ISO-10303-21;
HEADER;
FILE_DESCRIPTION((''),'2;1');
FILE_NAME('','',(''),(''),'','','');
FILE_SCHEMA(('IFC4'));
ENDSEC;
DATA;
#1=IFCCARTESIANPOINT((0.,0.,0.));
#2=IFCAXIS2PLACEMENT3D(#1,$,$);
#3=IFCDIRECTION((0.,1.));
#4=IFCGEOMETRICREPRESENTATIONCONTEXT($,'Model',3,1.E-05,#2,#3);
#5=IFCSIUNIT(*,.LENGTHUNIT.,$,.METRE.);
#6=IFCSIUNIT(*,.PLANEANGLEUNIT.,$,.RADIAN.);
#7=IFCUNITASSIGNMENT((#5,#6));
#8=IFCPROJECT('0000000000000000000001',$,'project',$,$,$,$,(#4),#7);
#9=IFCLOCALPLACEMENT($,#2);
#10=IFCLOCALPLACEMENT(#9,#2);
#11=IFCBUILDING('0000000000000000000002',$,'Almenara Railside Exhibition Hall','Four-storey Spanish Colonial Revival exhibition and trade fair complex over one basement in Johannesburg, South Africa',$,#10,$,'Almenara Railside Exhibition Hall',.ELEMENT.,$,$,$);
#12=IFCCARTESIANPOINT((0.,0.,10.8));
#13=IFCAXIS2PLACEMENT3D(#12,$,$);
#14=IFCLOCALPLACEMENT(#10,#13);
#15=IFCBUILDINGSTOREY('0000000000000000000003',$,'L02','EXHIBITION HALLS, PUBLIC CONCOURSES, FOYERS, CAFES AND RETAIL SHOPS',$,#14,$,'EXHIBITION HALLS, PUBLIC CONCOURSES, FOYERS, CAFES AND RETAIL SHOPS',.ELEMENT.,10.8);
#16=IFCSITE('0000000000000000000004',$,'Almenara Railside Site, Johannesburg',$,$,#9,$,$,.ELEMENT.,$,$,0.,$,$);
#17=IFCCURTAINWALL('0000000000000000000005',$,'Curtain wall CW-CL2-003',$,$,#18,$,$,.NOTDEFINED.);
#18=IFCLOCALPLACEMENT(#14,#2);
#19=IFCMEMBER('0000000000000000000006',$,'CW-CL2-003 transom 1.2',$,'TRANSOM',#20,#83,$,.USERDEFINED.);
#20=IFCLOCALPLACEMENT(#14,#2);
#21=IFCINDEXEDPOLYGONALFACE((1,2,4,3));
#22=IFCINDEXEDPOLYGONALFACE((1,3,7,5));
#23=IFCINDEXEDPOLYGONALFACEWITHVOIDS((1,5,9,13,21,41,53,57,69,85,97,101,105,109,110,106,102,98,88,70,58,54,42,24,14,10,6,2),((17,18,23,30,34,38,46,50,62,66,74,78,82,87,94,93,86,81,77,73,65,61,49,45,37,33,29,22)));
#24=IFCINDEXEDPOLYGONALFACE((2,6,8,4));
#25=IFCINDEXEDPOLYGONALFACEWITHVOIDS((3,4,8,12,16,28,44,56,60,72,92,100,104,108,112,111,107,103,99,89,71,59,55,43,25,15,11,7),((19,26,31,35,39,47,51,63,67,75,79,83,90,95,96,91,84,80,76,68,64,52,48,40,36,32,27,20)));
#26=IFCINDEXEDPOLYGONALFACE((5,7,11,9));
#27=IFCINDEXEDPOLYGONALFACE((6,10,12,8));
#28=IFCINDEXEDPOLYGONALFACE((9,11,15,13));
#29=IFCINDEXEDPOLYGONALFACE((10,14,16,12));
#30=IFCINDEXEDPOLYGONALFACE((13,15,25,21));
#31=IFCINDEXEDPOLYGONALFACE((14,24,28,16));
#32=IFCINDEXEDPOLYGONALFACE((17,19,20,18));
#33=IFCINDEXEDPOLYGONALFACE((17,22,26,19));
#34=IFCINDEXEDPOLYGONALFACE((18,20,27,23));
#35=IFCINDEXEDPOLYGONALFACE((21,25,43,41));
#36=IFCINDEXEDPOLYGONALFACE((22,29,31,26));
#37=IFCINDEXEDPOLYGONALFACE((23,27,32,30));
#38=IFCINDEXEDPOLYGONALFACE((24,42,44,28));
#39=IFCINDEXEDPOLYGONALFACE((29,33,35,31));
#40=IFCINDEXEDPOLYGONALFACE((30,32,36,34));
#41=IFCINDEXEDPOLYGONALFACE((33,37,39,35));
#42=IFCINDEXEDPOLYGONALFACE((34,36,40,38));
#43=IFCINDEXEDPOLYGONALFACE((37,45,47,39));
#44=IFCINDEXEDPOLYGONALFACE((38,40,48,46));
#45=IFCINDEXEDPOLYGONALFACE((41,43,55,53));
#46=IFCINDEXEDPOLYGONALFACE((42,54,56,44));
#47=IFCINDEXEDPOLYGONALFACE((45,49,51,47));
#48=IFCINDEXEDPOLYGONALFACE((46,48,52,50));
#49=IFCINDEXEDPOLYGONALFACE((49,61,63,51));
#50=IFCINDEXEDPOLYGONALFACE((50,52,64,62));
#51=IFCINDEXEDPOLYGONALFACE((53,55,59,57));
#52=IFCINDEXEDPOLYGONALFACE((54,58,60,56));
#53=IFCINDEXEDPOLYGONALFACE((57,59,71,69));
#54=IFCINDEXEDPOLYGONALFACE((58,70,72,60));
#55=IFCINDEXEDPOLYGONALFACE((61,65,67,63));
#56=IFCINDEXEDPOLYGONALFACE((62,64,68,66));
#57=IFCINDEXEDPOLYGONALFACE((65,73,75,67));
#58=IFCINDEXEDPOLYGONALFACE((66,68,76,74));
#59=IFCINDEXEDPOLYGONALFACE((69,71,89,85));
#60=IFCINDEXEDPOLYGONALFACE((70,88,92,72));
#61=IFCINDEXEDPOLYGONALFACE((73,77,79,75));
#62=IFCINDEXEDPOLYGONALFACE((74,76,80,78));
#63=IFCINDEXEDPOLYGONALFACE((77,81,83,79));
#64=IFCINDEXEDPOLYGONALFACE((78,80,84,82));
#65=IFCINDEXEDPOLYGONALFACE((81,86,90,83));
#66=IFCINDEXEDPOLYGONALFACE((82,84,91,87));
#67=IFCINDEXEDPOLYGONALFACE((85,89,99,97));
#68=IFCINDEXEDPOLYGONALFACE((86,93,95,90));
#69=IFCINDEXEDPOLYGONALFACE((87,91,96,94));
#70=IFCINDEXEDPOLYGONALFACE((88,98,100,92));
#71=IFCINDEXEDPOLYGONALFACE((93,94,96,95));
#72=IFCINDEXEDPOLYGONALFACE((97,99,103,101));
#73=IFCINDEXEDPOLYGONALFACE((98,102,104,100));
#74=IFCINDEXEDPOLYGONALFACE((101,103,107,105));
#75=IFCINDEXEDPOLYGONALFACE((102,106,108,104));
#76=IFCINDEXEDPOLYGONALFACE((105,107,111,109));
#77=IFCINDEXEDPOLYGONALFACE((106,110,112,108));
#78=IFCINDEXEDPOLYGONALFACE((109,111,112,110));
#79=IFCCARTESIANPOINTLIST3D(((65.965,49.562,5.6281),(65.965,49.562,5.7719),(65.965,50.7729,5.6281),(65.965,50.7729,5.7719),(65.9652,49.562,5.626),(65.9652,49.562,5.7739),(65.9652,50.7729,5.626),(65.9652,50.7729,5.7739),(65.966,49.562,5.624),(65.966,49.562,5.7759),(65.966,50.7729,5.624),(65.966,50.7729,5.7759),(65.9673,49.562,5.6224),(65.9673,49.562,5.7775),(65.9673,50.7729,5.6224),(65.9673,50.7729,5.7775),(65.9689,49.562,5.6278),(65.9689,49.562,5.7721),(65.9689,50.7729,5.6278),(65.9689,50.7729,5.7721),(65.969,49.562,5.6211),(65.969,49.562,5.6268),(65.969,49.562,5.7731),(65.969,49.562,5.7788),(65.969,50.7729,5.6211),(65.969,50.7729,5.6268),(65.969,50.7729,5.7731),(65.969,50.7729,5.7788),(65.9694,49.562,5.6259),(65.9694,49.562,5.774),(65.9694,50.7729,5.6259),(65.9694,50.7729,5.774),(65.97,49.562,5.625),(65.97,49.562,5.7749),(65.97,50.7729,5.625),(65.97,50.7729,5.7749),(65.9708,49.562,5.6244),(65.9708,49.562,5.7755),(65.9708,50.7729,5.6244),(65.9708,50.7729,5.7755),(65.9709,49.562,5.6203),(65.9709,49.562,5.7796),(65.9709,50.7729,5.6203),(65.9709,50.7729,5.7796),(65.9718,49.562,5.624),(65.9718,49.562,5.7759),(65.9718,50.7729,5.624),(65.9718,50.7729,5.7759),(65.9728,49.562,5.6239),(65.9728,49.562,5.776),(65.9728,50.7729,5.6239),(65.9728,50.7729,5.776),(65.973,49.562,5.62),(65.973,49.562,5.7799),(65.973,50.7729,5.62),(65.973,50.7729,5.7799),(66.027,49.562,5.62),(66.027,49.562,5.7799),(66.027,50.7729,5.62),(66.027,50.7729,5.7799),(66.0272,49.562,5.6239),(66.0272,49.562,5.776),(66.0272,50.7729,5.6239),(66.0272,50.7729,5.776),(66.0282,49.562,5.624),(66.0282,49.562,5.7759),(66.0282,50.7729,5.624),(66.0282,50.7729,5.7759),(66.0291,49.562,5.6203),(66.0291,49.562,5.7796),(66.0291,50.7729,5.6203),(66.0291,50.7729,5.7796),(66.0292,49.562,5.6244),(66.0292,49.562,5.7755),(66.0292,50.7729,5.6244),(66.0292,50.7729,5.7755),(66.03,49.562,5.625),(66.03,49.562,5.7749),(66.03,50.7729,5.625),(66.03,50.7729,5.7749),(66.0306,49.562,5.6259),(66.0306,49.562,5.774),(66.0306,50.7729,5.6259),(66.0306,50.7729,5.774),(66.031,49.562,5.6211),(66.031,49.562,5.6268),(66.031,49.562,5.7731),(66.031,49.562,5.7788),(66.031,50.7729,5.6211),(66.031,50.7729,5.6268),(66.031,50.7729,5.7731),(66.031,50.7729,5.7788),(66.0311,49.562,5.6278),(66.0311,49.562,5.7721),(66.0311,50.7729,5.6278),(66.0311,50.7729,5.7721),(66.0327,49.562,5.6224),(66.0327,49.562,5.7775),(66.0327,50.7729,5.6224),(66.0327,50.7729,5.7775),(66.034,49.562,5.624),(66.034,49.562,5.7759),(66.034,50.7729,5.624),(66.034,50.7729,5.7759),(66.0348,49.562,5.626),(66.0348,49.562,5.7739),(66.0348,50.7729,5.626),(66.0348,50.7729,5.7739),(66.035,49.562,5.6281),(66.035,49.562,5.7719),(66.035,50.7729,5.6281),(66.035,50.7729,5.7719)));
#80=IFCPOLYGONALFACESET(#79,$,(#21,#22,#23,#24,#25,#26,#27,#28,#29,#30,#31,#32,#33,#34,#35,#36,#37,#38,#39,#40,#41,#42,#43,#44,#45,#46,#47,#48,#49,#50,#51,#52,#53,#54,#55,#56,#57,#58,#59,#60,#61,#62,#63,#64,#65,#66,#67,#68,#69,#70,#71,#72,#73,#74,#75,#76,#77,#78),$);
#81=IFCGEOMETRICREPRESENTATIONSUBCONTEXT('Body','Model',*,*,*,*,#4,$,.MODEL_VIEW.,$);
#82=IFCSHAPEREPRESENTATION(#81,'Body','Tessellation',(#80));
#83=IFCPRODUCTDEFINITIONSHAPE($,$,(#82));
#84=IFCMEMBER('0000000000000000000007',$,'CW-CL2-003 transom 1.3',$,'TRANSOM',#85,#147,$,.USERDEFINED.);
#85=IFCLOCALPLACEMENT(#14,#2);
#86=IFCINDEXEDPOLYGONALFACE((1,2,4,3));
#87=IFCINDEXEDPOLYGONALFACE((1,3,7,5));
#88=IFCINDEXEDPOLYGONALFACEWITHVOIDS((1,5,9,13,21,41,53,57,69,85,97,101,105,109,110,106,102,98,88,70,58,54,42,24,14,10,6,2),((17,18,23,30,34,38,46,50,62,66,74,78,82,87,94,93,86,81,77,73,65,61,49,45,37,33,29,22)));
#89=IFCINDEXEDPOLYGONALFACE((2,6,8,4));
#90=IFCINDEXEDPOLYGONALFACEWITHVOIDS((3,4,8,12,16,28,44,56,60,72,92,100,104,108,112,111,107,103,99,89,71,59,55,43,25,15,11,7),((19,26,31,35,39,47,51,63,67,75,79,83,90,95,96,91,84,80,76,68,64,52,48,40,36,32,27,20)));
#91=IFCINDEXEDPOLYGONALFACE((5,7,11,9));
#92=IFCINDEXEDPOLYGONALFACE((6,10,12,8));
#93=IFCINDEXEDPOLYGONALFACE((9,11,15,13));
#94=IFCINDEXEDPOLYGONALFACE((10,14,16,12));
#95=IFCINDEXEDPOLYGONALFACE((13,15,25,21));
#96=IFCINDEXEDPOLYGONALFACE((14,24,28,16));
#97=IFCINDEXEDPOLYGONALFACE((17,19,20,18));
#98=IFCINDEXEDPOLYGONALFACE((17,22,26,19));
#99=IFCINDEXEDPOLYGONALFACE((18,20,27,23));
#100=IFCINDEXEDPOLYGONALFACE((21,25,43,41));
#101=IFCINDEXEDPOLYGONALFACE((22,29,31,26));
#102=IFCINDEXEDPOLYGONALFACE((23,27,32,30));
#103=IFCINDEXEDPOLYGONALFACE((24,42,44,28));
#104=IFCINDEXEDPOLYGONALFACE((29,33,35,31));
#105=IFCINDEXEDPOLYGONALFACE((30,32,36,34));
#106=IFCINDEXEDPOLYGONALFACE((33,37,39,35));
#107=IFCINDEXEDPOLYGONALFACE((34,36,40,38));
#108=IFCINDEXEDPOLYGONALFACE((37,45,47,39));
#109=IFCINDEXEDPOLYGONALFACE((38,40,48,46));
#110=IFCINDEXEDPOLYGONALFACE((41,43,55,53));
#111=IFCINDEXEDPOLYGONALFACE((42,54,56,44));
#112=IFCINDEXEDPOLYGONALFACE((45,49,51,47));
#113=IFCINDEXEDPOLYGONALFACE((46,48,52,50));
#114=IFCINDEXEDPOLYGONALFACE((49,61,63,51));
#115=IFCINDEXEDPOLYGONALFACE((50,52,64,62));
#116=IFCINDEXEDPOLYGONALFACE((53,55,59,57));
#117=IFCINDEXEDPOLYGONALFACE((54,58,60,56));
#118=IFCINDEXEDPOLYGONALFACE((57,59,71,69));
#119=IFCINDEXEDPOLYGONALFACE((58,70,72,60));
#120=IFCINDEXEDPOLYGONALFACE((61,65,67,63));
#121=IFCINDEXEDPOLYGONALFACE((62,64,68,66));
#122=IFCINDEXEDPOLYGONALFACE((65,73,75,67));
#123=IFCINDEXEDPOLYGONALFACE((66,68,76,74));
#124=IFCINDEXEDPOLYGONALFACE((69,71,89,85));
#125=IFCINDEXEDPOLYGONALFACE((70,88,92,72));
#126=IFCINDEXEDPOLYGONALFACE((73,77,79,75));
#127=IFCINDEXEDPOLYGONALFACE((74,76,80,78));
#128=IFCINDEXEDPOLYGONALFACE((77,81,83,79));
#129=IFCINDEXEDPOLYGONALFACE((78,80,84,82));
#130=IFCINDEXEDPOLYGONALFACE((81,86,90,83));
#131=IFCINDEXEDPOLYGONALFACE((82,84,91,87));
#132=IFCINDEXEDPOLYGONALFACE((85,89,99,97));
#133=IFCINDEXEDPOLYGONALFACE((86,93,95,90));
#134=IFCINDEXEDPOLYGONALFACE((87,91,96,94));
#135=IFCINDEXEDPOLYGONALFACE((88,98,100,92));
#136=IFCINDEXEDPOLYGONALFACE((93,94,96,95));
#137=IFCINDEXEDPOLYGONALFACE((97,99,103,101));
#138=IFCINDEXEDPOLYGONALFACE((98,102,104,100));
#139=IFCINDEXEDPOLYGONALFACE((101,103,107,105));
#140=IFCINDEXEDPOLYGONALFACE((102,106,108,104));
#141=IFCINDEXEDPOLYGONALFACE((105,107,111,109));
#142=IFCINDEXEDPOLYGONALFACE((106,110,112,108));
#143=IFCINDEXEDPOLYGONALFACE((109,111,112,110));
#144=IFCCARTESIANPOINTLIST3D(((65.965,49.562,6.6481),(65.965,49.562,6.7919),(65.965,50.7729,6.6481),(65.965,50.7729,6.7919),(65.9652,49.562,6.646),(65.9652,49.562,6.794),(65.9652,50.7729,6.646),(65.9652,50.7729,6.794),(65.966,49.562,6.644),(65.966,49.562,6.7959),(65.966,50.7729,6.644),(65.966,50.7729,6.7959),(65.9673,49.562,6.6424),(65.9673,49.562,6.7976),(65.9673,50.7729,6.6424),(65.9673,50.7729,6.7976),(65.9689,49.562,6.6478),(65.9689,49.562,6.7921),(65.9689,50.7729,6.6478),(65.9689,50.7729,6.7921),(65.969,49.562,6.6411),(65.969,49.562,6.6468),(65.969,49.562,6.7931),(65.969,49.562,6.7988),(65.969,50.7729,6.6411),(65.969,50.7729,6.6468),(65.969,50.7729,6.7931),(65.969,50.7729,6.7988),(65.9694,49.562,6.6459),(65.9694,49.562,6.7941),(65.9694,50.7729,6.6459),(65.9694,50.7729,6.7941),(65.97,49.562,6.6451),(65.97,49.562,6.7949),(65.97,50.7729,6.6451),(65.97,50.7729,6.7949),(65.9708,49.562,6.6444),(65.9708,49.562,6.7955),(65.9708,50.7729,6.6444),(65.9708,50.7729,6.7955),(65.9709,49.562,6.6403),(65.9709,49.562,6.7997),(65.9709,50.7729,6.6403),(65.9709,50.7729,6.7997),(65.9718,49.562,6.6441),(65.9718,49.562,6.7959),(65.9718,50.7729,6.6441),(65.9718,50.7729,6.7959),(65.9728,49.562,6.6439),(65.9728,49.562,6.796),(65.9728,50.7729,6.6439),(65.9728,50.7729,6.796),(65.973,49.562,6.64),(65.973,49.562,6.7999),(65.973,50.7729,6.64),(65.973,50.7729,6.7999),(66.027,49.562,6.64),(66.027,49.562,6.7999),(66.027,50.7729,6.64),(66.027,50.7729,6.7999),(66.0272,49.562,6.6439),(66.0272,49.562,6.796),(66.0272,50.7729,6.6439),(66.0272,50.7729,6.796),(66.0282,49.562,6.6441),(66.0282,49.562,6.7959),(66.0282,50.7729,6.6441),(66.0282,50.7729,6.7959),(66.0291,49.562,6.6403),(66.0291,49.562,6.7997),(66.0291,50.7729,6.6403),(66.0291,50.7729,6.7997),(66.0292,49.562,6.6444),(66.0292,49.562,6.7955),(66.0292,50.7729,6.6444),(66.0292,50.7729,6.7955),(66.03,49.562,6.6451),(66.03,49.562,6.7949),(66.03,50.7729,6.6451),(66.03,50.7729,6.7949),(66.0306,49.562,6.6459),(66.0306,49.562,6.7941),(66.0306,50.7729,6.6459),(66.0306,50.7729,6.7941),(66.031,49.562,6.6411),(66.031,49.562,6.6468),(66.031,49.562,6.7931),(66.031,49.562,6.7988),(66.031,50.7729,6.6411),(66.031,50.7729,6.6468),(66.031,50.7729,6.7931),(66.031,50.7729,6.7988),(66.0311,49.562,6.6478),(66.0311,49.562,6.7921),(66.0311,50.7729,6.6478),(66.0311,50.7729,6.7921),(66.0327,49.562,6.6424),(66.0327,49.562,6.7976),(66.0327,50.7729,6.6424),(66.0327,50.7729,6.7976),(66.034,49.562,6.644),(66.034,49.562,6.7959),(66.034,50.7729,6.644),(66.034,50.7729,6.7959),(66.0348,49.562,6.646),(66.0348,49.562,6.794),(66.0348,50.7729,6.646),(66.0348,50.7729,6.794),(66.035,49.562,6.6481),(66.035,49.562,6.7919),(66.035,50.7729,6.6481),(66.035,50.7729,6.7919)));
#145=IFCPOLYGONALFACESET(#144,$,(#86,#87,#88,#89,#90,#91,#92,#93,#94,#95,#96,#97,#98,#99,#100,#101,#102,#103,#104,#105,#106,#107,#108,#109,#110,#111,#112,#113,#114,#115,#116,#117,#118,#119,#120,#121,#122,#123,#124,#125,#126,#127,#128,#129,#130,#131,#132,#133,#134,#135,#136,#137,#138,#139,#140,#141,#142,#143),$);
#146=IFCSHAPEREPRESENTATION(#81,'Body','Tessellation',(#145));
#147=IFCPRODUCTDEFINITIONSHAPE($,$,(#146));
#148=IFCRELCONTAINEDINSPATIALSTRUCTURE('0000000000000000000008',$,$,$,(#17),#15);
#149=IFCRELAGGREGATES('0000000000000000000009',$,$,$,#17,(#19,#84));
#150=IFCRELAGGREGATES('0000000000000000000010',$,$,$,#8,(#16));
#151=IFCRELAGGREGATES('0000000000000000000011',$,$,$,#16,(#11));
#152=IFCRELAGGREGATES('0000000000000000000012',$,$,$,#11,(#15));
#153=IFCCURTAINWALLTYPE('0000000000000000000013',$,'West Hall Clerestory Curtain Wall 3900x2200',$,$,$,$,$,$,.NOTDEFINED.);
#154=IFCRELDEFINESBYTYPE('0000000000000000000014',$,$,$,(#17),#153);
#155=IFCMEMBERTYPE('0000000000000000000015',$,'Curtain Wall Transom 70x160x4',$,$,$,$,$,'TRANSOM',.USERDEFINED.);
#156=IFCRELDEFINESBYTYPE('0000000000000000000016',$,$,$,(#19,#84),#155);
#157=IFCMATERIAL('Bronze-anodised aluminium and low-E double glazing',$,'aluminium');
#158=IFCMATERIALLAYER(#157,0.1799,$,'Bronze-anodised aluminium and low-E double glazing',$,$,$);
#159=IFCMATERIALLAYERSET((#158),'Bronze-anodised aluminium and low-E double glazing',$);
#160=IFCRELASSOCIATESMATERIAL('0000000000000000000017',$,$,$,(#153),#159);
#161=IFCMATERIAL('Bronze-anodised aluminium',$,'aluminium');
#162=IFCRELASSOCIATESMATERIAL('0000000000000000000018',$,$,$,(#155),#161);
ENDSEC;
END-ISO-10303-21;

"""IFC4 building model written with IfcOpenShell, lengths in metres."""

from ifc_helpers import new_model, si_unit, direction, frame, origin, origin_2d, place, context, subcontext, project, spatial, hollow_rectangle, extrude, material, layer, layer_set, material_profile, profile_set, type_object, element, aggregate, save


model = new_model("IFC4")

# Units and contexts
model_context = context("Model", 3, precision=1e-05, world=origin(), true_north=direction((0.0, 1.0)))
body_context = subcontext(model_context, "Body", "Model", "MODEL_VIEW")
ifc_project = project(units=[si_unit("LENGTHUNIT", "METRE"), si_unit("PLANEANGLEUNIT", "RADIAN")], contexts=[model_context])

# Site, building, storey
site_placement = place(None, origin())
site = spatial("IfcSite", under=ifc_project, at=site_placement, Name="Almenara Railside Site, Johannesburg", CompositionType="ELEMENT", RefElevation=0.0)
building_placement = place(site_placement, origin())
building = spatial("IfcBuilding", under=site, at=building_placement, Name="Almenara Railside Exhibition Hall", Description="Four-storey Spanish Colonial Revival exhibition and trade fair complex over one basement in Johannesburg, South Africa", LongName="Almenara Railside Exhibition Hall", CompositionType="ELEMENT")
storey_placement = place(building_placement, frame((0.0, 0.0, 10.8)))
storey = spatial("IfcBuildingStorey", under=building, at=storey_placement, Name="L02", Description="EXHIBITION HALLS, PUBLIC CONCOURSES, FOYERS, CAFES AND RETAIL SHOPS", LongName="EXHIBITION HALLS, PUBLIC CONCOURSES, FOYERS, CAFES AND RETAIL SHOPS", CompositionType="ELEMENT", Elevation=10.8)

# Curtain wall, members
ifc_material_1 = material(Name="Bronze-anodised aluminium and low-E double glazing", Category="aluminium")
ifc_layer_1 = layer(ifc_material_1, 0.1799, Name="Bronze-anodised aluminium and low-E double glazing")
ifc_layer_set_1 = layer_set([ifc_layer_1], Name="Bronze-anodised aluminium and low-E double glazing")
curtain_wall_type = type_object("IfcCurtainWallType", Name="West Hall Clerestory Curtain Wall 3900x2200", PredefinedType="NOTDEFINED", material=ifc_layer_set_1)
curtain_wall_placement = place(storey_placement, origin())
curtain_wall = element("IfcCurtainWall", 1, at=curtain_wall_placement, inside=storey, type_object=curtain_wall_type, Name="Curtain wall CW-CL2-003", PredefinedType="NOTDEFINED")
ifc_material_2 = material(Name="Bronze-anodised aluminium", Category="aluminium")
ifc_material_profile_1 = material_profile(ifc_material_2, hollow_rectangle(XDim=0.0701, YDim=0.1599, WallThickness=0.0039, InnerFilletRadius=0.0039, OuterFilletRadius=0.0081, at=origin_2d()), Name="ALU-TRN 70x160x4")
ifc_profile_set_1 = profile_set([ifc_material_profile_1], Name="Bronze-anodised aluminium")
member_type_1 = type_object("IfcMemberType", Name="Curtain Wall Transom 70x160x4", ElementType="TRANSOM", PredefinedType="USERDEFINED", material=ifc_profile_set_1)
member_1_placement = place(storey_placement, frame((66.0, 49.562, 5.7), z_axis=(0.0, 1.0, 0.0), x_axis=(-1.0, 0.0, 0.0)))
member_1 = element("IfcMember", 2, at=member_1_placement, type_object=member_type_1, Name="CW-CL2-003 transom 1.2", ObjectType="TRANSOM", PredefinedType="USERDEFINED", context=body_context, shape_type="SweptSolid", body=[
    extrude(hollow_rectangle(XDim=0.0701, YDim=0.1599, WallThickness=0.0039, InnerFilletRadius=0.0039, OuterFilletRadius=0.0081, at=origin_2d()), origin(), (0.0, 0.0, 1.0), 1.2109),
])
member_2_placement = place(storey_placement, frame((66.0, 49.562, 6.72), z_axis=(0.0, 1.0, 0.0), x_axis=(-1.0, 0.0, 0.0)))
member_2 = element("IfcMember", 3, at=member_2_placement, type_object=member_type_1, Name="CW-CL2-003 transom 1.3", ObjectType="TRANSOM", PredefinedType="USERDEFINED", context=body_context, shape_type="SweptSolid", body=[
    extrude(hollow_rectangle(XDim=0.0701, YDim=0.1599, WallThickness=0.0039, InnerFilletRadius=0.0039, OuterFilletRadius=0.0081, at=origin_2d()), origin(), (0.0, 0.0, 1.0), 1.2109),
])
aggregate(curtain_wall, [member_1, member_2])

save(model, "model.ifc")
